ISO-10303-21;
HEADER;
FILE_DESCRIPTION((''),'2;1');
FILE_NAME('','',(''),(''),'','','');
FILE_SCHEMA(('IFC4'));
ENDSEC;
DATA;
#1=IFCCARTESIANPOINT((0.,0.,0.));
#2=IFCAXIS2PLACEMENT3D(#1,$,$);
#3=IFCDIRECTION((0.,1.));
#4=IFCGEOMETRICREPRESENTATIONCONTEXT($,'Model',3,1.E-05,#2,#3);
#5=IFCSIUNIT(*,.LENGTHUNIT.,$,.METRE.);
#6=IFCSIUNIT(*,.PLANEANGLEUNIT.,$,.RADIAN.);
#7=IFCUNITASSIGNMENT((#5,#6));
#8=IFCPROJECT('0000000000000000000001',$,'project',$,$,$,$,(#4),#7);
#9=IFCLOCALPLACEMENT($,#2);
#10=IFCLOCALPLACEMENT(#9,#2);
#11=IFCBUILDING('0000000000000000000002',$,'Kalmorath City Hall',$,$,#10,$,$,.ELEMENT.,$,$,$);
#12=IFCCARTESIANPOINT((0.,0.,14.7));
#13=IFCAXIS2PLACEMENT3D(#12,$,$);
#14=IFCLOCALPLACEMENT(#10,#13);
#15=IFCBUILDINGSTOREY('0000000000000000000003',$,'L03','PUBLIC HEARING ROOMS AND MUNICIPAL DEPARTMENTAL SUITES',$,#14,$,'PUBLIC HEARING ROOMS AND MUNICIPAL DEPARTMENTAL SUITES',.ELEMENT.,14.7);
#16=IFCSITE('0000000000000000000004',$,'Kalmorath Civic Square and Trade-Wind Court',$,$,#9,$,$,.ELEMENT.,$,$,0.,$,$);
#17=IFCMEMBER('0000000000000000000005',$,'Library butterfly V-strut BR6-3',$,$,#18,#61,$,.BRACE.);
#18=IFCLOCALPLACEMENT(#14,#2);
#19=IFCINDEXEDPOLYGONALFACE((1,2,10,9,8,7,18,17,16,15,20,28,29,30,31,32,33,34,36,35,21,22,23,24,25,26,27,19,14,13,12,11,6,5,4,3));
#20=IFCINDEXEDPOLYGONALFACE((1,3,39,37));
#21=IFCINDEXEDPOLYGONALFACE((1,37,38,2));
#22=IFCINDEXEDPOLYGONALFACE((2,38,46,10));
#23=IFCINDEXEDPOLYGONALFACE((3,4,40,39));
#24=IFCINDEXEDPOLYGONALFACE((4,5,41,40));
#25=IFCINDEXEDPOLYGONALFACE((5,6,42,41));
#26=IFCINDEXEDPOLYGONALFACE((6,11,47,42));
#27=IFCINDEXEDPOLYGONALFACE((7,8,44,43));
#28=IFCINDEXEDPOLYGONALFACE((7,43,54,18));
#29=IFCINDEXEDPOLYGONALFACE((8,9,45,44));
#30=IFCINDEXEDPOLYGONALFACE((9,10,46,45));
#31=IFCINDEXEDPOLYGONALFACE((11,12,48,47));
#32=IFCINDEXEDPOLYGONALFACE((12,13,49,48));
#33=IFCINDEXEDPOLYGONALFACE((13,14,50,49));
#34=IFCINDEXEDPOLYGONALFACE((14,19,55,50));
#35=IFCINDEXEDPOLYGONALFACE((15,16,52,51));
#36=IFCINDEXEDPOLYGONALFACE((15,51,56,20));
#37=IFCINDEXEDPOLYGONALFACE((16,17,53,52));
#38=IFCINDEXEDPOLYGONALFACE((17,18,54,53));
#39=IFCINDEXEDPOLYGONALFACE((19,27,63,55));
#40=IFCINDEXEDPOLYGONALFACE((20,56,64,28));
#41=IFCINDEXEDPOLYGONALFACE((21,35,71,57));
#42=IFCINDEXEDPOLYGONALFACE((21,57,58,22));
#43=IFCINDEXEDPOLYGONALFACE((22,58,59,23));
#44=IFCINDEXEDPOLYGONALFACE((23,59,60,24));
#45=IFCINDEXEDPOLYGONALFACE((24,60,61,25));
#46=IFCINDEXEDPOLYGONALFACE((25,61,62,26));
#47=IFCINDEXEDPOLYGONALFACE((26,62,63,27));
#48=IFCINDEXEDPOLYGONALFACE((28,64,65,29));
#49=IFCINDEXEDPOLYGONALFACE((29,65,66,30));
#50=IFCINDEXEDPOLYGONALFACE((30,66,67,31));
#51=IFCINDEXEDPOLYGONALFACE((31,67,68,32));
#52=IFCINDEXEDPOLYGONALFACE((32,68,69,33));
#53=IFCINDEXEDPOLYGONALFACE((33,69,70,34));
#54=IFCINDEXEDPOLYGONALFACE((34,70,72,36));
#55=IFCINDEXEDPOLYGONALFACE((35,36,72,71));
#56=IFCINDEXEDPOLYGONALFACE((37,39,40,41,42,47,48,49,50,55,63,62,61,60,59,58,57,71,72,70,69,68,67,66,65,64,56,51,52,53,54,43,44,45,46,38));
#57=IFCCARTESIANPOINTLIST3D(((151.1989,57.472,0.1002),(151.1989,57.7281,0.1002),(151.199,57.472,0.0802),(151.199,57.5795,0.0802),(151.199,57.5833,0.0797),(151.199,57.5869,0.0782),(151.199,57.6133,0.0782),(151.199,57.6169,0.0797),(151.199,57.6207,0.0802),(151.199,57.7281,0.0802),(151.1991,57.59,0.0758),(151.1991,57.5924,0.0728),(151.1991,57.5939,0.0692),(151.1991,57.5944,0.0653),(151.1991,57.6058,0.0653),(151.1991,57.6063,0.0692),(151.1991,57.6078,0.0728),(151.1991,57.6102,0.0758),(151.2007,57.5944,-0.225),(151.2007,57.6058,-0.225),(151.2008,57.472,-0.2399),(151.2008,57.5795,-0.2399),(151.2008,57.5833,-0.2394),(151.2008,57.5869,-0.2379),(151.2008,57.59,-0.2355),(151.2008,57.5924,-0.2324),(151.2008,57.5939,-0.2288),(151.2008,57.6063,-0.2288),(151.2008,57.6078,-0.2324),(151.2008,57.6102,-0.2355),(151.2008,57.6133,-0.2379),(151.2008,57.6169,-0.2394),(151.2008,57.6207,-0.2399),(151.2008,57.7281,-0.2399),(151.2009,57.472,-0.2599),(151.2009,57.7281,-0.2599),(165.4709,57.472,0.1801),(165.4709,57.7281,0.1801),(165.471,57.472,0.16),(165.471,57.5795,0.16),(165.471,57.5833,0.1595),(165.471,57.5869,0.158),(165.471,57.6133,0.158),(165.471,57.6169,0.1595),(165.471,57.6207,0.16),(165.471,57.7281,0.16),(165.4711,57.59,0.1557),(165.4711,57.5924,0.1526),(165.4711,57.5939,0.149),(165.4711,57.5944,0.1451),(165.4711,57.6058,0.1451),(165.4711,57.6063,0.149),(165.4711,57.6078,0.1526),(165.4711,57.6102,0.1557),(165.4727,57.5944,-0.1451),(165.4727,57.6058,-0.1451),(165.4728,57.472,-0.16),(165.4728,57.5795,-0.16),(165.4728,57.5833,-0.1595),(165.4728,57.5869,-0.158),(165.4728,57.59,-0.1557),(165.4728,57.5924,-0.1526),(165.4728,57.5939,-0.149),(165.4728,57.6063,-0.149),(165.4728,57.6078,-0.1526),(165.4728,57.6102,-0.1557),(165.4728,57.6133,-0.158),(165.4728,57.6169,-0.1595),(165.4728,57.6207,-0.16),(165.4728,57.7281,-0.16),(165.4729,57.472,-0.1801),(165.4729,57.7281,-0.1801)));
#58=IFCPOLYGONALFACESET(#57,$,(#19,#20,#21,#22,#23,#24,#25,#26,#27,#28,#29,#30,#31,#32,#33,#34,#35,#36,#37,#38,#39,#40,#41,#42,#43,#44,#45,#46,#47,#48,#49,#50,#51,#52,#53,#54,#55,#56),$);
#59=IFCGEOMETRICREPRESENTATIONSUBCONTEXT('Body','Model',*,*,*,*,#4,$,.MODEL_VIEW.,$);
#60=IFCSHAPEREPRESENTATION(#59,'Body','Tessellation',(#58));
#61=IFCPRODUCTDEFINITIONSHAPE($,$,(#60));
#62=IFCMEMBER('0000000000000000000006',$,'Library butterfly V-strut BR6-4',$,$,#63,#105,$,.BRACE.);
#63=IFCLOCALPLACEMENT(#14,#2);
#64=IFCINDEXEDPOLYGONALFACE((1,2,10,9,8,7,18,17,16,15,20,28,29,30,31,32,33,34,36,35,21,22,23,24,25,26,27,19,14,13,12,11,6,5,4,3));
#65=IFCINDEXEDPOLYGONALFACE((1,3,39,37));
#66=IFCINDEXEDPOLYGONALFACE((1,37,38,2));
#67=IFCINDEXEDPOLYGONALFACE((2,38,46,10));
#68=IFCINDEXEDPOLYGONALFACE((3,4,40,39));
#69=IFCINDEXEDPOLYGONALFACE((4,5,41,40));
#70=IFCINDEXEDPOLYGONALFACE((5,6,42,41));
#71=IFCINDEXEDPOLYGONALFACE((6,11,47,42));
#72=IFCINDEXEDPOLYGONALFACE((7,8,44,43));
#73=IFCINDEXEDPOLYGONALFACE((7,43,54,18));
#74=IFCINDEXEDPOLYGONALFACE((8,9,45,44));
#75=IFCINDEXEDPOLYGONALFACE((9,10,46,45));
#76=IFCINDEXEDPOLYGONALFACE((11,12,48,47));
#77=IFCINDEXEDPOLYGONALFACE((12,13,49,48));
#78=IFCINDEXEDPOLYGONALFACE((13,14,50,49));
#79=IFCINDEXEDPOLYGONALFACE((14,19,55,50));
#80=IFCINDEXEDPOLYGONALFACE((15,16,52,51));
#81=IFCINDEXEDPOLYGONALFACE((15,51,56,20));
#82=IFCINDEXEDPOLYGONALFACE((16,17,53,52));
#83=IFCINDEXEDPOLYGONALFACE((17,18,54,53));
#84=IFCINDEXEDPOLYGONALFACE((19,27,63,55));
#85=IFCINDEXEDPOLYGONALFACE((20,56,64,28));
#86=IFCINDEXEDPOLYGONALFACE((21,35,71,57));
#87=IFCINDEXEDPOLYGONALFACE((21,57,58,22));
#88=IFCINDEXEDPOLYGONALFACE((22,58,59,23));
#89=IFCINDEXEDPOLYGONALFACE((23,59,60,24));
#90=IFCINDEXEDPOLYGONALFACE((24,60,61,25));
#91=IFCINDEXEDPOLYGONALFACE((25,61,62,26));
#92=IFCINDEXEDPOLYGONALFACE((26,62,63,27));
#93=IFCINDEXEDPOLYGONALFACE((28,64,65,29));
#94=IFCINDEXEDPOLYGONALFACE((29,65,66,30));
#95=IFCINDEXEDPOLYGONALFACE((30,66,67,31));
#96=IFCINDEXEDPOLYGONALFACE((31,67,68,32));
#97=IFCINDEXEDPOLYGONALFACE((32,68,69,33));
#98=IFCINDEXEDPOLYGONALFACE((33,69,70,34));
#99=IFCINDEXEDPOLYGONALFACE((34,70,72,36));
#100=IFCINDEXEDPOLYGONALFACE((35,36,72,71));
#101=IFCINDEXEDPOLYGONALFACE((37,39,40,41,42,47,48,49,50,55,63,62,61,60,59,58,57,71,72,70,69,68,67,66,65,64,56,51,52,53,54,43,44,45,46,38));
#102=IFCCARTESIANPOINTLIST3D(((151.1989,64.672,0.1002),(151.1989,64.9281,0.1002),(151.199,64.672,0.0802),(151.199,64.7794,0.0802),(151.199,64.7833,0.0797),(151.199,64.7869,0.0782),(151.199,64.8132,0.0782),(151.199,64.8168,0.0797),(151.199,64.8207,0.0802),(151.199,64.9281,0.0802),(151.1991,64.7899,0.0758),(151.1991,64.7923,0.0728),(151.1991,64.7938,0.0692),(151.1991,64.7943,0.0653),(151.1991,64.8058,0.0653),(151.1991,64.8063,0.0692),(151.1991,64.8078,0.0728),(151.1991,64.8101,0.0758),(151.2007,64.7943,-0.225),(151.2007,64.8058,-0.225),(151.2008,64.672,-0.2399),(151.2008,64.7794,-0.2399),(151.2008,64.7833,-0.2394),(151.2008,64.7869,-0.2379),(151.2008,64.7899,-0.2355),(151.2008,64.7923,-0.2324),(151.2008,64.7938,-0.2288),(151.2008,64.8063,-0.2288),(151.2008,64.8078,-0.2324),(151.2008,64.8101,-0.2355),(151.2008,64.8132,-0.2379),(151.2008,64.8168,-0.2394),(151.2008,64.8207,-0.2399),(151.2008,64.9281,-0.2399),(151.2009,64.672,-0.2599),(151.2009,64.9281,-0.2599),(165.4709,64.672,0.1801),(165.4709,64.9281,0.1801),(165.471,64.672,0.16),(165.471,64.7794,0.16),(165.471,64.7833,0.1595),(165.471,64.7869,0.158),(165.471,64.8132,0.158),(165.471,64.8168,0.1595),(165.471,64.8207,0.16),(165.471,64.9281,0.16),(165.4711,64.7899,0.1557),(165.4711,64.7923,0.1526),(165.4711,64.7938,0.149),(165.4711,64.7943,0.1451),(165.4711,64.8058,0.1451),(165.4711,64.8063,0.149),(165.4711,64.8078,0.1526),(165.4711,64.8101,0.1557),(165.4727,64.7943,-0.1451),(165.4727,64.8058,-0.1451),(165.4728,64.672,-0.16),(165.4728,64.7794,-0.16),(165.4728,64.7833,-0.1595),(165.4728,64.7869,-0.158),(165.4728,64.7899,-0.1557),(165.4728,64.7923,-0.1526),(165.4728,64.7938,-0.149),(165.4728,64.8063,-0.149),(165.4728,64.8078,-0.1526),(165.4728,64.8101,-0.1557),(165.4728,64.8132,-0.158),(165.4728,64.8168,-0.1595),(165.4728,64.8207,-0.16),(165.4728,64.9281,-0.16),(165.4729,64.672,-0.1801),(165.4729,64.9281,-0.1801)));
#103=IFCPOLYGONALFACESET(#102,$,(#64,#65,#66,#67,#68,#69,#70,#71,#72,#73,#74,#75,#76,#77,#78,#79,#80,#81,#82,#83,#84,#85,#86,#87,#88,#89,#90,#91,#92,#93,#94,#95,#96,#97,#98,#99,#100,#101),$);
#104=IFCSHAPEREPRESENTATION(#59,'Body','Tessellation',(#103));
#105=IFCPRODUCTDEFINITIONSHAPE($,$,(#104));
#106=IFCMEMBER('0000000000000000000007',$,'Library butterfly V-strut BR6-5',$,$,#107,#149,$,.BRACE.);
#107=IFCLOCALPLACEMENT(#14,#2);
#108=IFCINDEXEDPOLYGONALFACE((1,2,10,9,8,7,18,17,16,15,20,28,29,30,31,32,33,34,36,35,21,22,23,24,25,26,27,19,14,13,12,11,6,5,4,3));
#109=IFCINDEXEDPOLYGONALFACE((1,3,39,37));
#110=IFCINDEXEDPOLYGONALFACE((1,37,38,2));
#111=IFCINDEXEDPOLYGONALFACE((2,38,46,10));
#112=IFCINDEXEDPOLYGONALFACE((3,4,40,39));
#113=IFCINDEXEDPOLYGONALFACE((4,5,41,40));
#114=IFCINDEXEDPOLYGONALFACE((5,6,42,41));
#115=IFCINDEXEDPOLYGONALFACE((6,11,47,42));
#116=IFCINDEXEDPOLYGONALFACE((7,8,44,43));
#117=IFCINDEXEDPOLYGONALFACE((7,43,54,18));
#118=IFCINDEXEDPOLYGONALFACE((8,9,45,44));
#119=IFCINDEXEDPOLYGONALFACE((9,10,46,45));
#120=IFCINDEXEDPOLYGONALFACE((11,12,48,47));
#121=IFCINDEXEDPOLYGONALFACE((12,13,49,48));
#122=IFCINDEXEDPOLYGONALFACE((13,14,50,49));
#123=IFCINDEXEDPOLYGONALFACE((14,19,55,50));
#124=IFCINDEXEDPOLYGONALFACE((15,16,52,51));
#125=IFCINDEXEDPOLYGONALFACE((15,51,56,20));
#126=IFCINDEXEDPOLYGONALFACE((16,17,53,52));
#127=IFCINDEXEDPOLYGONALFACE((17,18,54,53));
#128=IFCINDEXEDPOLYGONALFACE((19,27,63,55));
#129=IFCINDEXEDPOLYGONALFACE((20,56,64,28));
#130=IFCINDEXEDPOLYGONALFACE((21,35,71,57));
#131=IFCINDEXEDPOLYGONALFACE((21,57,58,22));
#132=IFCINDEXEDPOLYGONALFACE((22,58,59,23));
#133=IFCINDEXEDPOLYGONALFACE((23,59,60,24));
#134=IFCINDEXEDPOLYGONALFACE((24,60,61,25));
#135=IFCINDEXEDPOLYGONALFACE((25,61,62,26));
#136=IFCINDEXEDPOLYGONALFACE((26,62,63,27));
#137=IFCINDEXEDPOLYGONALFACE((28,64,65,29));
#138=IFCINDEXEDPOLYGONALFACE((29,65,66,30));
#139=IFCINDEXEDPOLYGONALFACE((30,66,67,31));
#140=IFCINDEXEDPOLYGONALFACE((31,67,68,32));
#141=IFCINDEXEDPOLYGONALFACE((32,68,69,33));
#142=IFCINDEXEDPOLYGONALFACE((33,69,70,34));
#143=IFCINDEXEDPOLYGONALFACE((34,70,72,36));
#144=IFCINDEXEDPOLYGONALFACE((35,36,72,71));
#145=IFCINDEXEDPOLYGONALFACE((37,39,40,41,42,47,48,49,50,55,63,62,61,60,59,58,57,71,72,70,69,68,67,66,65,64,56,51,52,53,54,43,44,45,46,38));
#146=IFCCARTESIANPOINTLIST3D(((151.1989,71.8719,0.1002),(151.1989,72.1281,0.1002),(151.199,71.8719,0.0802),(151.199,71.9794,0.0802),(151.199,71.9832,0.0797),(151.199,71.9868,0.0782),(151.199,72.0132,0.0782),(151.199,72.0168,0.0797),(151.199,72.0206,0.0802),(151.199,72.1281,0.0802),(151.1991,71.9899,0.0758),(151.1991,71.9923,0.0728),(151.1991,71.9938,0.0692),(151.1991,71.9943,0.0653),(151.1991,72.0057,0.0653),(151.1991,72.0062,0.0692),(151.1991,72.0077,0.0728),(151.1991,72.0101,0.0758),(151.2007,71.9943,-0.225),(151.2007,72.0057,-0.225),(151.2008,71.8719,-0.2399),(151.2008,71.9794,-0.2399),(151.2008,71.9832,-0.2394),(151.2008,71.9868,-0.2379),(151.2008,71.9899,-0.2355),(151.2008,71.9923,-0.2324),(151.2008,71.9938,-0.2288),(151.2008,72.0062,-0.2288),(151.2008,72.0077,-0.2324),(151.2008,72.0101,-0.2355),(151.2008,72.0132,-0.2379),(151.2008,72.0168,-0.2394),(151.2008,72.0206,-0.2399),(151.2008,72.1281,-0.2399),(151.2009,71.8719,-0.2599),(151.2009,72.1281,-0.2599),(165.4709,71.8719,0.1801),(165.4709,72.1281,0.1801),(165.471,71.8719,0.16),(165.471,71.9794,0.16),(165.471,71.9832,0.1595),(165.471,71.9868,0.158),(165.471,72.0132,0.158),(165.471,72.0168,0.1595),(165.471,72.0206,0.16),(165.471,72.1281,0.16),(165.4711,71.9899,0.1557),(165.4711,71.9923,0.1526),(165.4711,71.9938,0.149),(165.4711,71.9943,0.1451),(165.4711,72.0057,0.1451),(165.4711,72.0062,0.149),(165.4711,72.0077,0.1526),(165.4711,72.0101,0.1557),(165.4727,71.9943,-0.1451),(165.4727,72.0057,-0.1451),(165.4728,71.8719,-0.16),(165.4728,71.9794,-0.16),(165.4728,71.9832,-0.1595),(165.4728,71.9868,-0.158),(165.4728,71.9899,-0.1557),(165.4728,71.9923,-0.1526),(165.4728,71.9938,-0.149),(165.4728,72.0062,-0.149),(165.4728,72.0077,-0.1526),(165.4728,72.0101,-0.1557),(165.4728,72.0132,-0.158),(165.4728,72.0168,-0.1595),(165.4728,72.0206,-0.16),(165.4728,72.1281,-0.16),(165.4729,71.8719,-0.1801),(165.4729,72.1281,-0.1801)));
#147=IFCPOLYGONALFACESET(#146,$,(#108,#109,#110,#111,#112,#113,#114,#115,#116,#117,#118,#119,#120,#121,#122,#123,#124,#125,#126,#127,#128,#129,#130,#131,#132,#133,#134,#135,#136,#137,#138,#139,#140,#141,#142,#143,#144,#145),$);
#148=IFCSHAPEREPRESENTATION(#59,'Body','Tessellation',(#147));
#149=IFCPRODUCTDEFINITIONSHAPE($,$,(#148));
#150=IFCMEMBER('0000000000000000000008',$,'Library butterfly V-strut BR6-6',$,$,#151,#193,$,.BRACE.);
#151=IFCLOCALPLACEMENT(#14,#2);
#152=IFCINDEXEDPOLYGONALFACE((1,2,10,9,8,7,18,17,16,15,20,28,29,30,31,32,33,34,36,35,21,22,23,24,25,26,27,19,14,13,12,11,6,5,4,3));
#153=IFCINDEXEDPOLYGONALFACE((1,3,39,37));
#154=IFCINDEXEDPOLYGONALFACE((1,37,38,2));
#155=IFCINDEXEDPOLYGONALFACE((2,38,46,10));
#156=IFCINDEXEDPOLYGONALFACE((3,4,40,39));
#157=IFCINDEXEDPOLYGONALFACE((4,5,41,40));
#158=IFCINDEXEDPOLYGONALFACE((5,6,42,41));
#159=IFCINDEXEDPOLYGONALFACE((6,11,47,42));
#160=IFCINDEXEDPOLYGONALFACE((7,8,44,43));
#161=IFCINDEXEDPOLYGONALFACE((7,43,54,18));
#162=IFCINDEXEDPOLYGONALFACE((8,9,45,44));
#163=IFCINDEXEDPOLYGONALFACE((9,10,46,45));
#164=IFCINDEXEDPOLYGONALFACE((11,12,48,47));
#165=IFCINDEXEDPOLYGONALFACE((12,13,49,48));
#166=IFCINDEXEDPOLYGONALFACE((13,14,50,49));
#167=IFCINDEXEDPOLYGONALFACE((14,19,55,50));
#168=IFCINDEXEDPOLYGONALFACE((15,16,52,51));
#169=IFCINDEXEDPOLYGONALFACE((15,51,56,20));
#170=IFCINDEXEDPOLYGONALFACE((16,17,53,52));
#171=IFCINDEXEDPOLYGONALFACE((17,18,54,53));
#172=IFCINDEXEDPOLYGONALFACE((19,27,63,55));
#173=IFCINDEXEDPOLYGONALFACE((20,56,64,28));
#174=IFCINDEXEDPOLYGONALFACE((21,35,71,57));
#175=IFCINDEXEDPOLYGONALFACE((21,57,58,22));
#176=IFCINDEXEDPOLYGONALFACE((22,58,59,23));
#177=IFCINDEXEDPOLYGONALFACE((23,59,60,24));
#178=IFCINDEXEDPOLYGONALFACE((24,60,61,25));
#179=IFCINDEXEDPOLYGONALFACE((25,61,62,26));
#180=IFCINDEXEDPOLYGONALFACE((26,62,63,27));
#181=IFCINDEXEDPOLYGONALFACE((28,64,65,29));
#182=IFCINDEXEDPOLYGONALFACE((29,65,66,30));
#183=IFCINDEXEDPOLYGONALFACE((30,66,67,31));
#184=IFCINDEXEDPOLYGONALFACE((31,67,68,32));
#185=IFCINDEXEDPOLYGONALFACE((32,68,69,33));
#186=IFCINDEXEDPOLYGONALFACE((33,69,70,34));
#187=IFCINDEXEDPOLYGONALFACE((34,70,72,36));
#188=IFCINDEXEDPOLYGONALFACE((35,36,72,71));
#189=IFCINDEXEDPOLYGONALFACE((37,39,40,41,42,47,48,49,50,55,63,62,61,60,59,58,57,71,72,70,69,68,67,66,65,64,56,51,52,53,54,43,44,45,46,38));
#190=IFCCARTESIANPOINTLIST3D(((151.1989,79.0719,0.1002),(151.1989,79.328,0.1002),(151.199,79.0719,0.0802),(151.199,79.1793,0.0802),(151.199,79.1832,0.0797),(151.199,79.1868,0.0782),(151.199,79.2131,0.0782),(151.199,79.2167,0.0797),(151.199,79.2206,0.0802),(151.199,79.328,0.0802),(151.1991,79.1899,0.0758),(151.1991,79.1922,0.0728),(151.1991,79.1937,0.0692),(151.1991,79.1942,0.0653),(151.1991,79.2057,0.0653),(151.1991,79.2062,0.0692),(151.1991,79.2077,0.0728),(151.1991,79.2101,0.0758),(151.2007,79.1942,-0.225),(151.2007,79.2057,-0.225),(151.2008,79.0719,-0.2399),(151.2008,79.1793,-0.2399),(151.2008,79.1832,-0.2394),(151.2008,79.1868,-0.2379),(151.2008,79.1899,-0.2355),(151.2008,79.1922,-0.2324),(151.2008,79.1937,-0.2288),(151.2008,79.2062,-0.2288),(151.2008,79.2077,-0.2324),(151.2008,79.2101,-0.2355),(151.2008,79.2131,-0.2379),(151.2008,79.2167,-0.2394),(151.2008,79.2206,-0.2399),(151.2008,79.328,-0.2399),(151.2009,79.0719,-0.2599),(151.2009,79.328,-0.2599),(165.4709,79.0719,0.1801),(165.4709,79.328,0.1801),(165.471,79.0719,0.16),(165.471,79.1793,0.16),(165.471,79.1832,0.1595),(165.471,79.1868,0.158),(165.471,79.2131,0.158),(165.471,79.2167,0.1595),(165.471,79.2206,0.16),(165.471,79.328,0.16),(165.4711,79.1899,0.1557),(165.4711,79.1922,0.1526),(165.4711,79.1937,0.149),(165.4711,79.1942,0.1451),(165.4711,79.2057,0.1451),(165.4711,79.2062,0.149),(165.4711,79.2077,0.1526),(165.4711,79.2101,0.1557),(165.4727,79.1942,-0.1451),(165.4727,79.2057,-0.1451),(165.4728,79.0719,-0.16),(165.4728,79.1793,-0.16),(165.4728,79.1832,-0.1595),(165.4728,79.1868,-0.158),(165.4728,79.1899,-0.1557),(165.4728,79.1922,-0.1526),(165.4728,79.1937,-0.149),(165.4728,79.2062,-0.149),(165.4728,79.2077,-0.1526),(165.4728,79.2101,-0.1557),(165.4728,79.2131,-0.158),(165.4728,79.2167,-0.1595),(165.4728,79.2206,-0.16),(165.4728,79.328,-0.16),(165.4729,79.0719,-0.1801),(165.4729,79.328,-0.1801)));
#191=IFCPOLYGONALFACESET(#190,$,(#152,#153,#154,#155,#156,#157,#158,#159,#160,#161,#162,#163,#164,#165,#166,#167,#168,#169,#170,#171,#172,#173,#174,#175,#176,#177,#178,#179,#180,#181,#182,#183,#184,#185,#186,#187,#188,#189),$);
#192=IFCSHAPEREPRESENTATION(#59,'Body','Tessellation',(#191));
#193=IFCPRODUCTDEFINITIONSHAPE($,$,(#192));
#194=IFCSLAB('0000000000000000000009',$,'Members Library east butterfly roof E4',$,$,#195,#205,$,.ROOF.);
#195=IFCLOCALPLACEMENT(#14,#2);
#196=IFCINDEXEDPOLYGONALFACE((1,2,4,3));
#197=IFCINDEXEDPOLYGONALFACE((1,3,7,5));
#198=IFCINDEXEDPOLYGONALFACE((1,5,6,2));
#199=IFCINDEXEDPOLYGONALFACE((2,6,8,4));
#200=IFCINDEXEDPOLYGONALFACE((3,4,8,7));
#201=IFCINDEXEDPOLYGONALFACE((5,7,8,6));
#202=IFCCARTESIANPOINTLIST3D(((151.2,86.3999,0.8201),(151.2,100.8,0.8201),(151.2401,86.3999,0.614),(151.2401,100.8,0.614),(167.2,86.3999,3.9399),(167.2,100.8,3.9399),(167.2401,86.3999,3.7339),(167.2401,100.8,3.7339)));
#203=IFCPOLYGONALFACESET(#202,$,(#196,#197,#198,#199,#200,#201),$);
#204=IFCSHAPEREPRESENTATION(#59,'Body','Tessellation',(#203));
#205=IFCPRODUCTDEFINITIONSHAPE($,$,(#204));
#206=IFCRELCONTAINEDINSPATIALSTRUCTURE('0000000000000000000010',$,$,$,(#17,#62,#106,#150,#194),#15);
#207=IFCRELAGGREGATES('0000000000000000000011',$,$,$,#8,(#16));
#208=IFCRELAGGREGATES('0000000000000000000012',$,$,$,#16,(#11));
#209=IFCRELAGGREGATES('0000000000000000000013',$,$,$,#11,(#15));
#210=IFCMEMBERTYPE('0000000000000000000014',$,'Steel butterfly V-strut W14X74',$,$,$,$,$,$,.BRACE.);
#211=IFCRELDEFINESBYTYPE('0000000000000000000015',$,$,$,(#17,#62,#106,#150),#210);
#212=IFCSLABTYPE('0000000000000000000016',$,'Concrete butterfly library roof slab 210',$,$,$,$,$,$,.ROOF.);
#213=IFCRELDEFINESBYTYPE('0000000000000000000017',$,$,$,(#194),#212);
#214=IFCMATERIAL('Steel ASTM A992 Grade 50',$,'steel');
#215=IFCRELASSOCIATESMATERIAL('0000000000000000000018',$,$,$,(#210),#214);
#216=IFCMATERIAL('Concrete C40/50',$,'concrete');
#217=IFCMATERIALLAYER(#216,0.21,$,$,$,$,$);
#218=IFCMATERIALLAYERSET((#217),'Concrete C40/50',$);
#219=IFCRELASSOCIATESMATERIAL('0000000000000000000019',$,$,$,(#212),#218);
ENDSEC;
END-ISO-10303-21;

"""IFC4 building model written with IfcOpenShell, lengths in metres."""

from ifc_helpers import new_model, si_unit, direction, frame, origin, origin_2d, place, context, subcontext, project, spatial, polyline, i_section, outline, extrude, material, layer, layer_set, material_profile, profile_set, type_object, element, save


model = new_model("IFC4")

# Units and contexts
model_context = context("Model", 3, precision=1e-05, world=origin(), true_north=direction((0.0, 1.0)))
body_context = subcontext(model_context, "Body", "Model", "MODEL_VIEW")
ifc_project = project(units=[si_unit("LENGTHUNIT", "METRE"), si_unit("PLANEANGLEUNIT", "RADIAN")], contexts=[model_context])

# Site, building, storey
site_placement = place(None, origin())
site = spatial("IfcSite", under=ifc_project, at=site_placement, Name="Kalmorath Civic Square and Trade-Wind Court", CompositionType="ELEMENT", RefElevation=0.0)
building_placement = place(site_placement, origin())
building = spatial("IfcBuilding", under=site, at=building_placement, Name="Kalmorath City Hall", CompositionType="ELEMENT")
storey_placement = place(building_placement, frame((0.0, 0.0, 14.7)))
storey = spatial("IfcBuildingStorey", under=building, at=storey_placement, Name="L03", Description="PUBLIC HEARING ROOMS AND MUNICIPAL DEPARTMENTAL SUITES", LongName="PUBLIC HEARING ROOMS AND MUNICIPAL DEPARTMENTAL SUITES", CompositionType="ELEMENT", Elevation=14.7)

# Members
ifc_material_1 = material(Name="Steel ASTM A992 Grade 50", Category="steel")
ifc_material_profile_1 = material_profile(ifc_material_1, i_section(OverallWidth=0.2561, OverallDepth=0.3601, WebThickness=0.0115, FlangeThickness=0.02, FilletRadius=0.0149, at=origin_2d()), Name="W14X74")
ifc_profile_set_1 = profile_set([ifc_material_profile_1], Name="Steel ASTM A992 Grade 50")
member_type_1 = type_object("IfcMemberType", Name="Steel butterfly V-strut W14X74", PredefinedType="BRACE", material=ifc_profile_set_1)
for number, where, z_axis, x_axis, name in (
    (1, (165.4719, 57.6001, 0.0), (-0.999984, 0.0, -0.005594), (0.0, -1.0, 0.0), "Library butterfly V-strut BR6-3"),
    (2, (165.4719, 64.8, 0.0), (-0.999984, 0.0, -0.005594), (0.0, -1.0, 0.0), "Library butterfly V-strut BR6-4"),
    (3, (165.4719, 72.0, 0.0), (-0.999984, 0.0, -0.005594), (0.0, -1.0, 0.0), "Library butterfly V-strut BR6-5"),
    (4, (165.4719, 79.2, 0.0), (-0.999984, 0.0, -0.005594), (0.0, -1.0, 0.0), "Library butterfly V-strut BR6-6"),
):
    element("IfcMember", number, at=place(storey_placement, frame(where, z_axis=z_axis, x_axis=x_axis)), inside=storey, type_object=member_type_1, Name=name, PredefinedType="BRACE", context=body_context, shape_type="SweptSolid", body=[
        extrude(i_section(OverallWidth=0.2561, OverallDepth=0.3601, WebThickness=0.0115, FlangeThickness=0.02, FilletRadius=0.0149, at=origin_2d()), origin(), (0.0, 0.0, 1.0), 14.2722),
    ])

# Slab
ifc_material_2 = material(Name="Concrete C40/50", Category="concrete")
ifc_layer_1 = layer(ifc_material_2, 0.21)
ifc_layer_set_1 = layer_set([ifc_layer_1], Name="Concrete C40/50")
slab_type = type_object("IfcSlabType", Name="Concrete butterfly library roof slab 210", PredefinedType="ROOF", material=ifc_layer_set_1)
slab_placement = place(storey_placement, frame((151.2, 86.3999, 0.8201), z_axis=(-0.191388, 0.0, 0.981515), x_axis=(0.981515, 0.0, 0.191388)))
element("IfcSlab", 5, at=slab_placement, inside=storey, type_object=slab_type, Name="Members Library east butterfly roof E4", PredefinedType="ROOF", context=body_context, shape_type="SweptSolid", body=[
    extrude(outline(polyline([(0.0, 0.0), (16.3013, 0.0), (16.3013, 14.4001), (0.0, 14.4001), (0.0, 0.0)])), origin(), (0.0, 0.0, -1.0), 0.21),
])

save(model, "model.ifc")
